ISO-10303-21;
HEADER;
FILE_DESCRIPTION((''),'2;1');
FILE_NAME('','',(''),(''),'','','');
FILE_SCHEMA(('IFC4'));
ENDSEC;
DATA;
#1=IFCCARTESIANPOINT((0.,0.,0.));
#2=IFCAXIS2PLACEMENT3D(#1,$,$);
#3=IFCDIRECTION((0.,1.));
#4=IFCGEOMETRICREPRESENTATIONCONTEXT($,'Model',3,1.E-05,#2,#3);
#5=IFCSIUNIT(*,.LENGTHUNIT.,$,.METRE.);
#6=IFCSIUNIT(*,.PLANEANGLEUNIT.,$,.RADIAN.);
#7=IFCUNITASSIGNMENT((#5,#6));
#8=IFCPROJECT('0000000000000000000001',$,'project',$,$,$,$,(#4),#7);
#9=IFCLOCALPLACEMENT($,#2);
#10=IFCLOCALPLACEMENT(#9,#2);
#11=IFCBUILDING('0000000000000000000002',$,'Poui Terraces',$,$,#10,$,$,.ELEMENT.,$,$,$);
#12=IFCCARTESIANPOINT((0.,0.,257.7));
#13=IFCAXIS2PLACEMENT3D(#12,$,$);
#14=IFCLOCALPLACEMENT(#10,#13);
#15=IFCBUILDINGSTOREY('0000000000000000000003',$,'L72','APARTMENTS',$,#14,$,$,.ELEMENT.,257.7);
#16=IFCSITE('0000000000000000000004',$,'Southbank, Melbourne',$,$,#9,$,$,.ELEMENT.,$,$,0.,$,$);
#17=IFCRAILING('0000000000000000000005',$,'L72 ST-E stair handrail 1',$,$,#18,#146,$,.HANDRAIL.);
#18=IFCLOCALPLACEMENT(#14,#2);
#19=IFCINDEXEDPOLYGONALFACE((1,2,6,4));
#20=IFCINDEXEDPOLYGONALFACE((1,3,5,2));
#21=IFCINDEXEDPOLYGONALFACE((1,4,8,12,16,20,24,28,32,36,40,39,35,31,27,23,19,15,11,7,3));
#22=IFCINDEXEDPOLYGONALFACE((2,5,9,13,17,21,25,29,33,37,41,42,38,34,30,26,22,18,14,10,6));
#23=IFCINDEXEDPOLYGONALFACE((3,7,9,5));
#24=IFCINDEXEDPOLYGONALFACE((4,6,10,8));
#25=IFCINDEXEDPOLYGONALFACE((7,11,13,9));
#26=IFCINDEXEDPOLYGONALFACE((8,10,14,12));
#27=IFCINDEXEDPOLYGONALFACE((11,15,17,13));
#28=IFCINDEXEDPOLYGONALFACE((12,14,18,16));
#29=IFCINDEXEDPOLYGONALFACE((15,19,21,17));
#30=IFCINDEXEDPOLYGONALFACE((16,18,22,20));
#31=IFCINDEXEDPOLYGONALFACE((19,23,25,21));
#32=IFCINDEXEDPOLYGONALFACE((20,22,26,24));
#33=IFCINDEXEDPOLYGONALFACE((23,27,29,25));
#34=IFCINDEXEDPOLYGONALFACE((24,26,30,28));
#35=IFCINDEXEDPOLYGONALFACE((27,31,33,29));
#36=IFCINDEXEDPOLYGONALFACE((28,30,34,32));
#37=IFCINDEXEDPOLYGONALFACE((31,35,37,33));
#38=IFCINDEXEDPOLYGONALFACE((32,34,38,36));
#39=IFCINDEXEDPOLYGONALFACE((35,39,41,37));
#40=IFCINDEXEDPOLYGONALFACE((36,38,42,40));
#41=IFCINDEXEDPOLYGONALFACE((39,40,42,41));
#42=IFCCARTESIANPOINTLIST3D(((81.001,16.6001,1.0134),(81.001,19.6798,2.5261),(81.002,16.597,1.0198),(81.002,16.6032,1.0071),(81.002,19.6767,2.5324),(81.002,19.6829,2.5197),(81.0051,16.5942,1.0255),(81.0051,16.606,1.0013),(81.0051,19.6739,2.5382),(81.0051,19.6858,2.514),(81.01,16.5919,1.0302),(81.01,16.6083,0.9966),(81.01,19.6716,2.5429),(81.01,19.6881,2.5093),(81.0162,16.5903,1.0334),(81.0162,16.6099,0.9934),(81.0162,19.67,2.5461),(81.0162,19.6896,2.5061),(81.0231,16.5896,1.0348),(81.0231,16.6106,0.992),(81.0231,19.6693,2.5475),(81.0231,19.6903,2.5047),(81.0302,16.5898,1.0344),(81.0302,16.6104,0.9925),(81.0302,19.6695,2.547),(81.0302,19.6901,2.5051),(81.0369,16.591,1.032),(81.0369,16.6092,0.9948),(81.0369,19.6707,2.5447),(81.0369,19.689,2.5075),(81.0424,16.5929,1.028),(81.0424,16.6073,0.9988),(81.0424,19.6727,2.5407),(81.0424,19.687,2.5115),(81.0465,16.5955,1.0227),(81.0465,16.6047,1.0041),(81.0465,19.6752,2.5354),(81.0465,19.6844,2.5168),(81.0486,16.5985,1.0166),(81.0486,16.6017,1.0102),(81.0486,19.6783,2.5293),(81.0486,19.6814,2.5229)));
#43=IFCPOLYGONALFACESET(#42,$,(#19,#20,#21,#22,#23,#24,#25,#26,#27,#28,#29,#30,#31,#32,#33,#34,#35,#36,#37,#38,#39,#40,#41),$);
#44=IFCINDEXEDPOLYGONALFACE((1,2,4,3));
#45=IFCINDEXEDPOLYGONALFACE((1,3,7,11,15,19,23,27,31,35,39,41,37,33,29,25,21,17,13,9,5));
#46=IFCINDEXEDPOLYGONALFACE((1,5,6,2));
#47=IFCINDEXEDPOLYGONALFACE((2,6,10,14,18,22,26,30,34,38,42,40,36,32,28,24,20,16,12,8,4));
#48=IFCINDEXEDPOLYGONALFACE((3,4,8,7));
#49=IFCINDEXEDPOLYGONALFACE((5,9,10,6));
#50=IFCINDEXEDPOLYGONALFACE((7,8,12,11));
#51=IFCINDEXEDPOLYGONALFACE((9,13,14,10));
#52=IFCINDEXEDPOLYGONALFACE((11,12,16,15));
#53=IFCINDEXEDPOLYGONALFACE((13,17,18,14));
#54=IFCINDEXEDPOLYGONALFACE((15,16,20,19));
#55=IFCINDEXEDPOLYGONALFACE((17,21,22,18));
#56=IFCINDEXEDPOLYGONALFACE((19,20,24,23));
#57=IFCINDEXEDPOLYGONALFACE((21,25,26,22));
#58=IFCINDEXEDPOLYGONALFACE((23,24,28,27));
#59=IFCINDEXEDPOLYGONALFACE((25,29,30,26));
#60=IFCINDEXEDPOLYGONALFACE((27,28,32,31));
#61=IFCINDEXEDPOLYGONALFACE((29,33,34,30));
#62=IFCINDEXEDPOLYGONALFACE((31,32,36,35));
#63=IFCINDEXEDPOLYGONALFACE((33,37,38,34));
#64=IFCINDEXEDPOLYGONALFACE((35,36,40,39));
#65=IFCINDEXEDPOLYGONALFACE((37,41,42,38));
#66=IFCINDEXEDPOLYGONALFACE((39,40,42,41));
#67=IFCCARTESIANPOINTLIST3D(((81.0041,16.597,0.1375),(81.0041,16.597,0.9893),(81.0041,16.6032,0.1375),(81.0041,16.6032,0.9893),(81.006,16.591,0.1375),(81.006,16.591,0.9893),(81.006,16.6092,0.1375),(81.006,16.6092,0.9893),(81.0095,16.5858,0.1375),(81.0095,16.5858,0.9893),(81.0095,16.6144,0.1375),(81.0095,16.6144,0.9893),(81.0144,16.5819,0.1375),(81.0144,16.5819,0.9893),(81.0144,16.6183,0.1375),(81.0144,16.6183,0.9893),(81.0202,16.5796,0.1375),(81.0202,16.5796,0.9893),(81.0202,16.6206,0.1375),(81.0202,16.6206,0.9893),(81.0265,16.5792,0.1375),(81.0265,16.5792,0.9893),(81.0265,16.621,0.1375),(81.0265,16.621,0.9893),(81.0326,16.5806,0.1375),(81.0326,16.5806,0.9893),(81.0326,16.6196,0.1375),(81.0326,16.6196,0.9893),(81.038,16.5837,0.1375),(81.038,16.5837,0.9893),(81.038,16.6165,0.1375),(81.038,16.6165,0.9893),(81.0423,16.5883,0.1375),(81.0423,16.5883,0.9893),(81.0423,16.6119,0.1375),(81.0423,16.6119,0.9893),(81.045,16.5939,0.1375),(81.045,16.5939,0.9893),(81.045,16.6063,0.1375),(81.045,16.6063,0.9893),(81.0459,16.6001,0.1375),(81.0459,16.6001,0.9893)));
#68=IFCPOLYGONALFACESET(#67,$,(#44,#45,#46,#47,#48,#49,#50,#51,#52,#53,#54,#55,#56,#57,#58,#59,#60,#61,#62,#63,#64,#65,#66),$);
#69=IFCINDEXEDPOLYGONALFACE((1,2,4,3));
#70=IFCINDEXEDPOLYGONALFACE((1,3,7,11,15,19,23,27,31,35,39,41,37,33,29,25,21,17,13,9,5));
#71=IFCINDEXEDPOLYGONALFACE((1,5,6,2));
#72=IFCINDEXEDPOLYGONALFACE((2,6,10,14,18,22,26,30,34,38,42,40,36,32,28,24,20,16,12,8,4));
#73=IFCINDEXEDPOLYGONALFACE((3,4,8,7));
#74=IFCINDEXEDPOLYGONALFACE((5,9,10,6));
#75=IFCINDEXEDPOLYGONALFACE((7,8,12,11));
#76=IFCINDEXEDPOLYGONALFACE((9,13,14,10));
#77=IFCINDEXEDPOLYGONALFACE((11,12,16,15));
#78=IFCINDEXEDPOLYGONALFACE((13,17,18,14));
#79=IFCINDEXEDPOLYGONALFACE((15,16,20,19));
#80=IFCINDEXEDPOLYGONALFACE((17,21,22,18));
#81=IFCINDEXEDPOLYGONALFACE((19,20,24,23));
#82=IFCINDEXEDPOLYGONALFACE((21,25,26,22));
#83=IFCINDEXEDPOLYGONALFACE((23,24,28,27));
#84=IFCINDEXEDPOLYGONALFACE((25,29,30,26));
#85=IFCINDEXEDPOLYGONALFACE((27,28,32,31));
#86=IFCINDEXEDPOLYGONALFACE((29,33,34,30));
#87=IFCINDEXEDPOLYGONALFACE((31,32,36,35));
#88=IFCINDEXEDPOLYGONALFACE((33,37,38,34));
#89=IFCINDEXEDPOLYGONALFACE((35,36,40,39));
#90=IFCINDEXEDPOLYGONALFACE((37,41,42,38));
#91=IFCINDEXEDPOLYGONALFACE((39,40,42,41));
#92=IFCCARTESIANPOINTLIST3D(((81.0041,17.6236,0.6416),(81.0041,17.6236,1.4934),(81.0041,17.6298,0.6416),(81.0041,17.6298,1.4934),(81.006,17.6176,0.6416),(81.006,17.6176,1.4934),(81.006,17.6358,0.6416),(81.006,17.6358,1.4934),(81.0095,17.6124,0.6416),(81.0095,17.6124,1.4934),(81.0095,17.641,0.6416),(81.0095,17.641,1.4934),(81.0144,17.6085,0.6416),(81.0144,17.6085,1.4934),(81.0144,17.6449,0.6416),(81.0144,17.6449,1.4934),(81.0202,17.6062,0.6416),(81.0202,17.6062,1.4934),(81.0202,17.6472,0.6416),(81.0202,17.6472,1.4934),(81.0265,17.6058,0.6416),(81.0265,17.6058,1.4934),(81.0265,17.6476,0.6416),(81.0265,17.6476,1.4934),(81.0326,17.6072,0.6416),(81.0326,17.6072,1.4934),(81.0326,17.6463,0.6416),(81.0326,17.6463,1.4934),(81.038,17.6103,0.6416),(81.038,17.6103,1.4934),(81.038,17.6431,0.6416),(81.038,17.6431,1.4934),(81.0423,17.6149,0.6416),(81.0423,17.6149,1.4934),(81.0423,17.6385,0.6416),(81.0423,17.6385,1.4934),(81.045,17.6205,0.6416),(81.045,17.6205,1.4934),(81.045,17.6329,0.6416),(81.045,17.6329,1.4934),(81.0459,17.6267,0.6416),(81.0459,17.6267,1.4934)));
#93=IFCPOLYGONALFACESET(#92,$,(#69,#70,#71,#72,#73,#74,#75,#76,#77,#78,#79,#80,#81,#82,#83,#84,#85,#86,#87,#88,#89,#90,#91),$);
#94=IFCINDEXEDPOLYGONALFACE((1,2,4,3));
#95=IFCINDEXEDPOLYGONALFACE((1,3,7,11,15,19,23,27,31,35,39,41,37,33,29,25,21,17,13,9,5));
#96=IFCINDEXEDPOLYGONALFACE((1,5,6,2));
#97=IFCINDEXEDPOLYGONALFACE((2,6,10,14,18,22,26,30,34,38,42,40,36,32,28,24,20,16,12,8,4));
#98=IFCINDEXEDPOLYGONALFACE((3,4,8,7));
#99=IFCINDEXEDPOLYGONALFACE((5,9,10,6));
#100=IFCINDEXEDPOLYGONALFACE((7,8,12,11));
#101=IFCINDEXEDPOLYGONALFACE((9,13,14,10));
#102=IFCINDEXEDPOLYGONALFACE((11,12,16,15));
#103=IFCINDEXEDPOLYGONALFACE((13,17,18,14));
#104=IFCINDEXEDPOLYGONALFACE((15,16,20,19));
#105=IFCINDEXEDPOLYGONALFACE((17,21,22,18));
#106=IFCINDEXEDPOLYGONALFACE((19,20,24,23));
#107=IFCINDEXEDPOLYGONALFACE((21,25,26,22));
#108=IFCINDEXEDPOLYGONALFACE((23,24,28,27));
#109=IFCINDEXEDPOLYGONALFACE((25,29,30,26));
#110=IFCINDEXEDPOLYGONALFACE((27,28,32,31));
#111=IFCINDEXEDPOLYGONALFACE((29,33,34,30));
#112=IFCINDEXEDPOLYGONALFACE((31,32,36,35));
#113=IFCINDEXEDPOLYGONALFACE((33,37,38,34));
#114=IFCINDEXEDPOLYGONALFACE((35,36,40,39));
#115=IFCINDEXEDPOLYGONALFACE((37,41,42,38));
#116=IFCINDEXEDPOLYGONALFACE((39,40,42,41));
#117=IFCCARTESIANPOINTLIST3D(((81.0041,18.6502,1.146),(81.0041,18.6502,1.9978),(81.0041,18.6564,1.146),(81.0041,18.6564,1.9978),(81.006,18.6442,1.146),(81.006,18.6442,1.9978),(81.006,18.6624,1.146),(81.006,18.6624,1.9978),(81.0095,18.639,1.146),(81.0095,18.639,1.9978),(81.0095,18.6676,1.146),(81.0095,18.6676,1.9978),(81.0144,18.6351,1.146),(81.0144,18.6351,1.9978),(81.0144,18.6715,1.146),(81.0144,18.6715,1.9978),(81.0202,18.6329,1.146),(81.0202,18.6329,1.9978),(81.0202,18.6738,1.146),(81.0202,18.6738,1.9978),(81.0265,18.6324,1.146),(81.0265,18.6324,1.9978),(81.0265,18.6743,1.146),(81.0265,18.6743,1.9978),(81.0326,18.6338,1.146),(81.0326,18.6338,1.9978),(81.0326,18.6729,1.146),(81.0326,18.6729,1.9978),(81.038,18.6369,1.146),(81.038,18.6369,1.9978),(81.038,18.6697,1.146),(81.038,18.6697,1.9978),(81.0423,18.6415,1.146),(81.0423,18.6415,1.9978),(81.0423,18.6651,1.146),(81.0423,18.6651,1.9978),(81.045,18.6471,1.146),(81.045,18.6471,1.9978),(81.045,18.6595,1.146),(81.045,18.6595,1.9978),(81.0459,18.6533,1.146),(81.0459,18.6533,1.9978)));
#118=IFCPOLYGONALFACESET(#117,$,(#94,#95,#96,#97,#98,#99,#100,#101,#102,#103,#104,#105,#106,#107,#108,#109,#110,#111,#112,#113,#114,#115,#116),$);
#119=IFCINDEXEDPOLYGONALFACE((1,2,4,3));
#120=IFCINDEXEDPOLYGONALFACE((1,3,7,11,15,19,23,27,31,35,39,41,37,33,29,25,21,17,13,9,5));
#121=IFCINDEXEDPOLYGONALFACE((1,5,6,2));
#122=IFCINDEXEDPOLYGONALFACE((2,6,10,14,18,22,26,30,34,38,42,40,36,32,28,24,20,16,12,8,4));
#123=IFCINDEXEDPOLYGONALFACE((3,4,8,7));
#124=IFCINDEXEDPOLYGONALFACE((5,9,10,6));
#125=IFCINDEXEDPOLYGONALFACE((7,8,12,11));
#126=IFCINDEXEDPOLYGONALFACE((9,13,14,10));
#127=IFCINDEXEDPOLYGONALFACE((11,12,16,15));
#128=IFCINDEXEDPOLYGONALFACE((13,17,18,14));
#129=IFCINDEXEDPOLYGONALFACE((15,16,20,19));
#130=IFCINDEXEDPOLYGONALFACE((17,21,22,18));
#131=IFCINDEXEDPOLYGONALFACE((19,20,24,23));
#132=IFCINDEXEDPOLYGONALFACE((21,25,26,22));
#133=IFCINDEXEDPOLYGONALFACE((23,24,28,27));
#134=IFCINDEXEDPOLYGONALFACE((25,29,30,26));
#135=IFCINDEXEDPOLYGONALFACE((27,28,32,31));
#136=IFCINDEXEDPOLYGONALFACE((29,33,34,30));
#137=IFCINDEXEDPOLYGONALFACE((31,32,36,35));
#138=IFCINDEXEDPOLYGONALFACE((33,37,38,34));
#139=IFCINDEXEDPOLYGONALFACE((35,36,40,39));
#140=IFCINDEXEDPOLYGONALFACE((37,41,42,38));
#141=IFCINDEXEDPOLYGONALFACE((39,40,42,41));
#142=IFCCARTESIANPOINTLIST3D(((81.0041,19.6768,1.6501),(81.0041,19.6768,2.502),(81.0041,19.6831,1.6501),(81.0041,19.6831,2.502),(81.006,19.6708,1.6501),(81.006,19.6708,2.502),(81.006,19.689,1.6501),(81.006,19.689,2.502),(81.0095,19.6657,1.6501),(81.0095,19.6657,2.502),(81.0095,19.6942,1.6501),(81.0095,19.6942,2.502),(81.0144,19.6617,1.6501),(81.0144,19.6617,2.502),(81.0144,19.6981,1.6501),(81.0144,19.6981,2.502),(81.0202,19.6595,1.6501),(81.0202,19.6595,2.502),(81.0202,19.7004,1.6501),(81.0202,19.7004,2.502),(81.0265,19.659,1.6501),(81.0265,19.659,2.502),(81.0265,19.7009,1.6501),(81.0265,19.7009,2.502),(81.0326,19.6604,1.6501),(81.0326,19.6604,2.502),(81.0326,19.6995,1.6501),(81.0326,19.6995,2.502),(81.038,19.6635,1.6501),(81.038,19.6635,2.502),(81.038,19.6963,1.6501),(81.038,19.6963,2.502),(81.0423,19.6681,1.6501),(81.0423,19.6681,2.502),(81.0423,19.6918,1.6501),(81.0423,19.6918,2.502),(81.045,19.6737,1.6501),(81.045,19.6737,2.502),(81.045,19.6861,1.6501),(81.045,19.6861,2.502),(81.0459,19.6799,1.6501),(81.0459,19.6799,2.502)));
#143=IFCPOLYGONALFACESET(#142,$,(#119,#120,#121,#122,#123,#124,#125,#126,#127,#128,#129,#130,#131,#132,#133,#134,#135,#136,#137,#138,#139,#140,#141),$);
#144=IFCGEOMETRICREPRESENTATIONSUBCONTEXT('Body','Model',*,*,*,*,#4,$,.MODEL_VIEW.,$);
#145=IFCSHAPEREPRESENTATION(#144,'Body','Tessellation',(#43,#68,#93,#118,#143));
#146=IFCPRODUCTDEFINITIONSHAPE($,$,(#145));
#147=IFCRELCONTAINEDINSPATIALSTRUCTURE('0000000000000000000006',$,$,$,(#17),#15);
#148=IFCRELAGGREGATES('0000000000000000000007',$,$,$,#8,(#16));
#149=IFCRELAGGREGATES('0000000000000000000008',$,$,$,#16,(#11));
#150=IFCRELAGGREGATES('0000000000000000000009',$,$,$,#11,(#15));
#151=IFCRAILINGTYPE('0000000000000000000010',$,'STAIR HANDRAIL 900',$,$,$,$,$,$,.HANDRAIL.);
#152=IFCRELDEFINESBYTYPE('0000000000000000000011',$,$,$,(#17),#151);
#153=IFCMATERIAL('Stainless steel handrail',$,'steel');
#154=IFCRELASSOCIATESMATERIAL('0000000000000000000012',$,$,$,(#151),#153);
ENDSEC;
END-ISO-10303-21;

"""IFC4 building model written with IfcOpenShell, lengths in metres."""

from ifc_helpers import new_model, si_unit, direction, frame, origin, origin_2d, place, context, subcontext, project, spatial, circle, extrude, material, type_object, element, save


model = new_model("IFC4")

# Units and contexts
model_context = context("Model", 3, precision=1e-05, world=origin(), true_north=direction((0.0, 1.0)))
body_context = subcontext(model_context, "Body", "Model", "MODEL_VIEW")
ifc_project = project(units=[si_unit("LENGTHUNIT", "METRE"), si_unit("PLANEANGLEUNIT", "RADIAN")], contexts=[model_context])

# Site, building, storey
site_placement = place(None, origin())
site = spatial("IfcSite", under=ifc_project, at=site_placement, Name="Southbank, Melbourne", CompositionType="ELEMENT", RefElevation=0.0)
building_placement = place(site_placement, origin())
building = spatial("IfcBuilding", under=site, at=building_placement, Name="Poui Terraces", CompositionType="ELEMENT")
storey_placement = place(building_placement, frame((0.0, 0.0, 257.7)))
storey = spatial("IfcBuildingStorey", under=building, at=storey_placement, Name="L72", Description="APARTMENTS", CompositionType="ELEMENT", Elevation=257.7)

# Railing
ifc_material_1 = material(Name="Stainless steel handrail", Category="steel")
railing_type_1 = type_object("IfcRailingType", Name="STAIR HANDRAIL 900", PredefinedType="HANDRAIL", material=ifc_material_1)
railing_1_placement = place(storey_placement, frame((81.0249, 16.6001, 0.1375)))
element("IfcRailing", 1, at=railing_1_placement, inside=storey, type_object=railing_type_1, Name="L72 ST-E stair handrail 1", PredefinedType="HANDRAIL", context=body_context, shape_type="SweptSolid", body=[
    extrude(circle(Radius=0.0239, at=origin_2d()), frame((0.0, 0.0, 0.876), z_axis=(0.0, 0.897578, 0.440856), x_axis=(-1.0, 0.0, 0.0)), (0.0, 0.0, 1.0), 3.4312),
    extrude(circle(Radius=0.021, at=origin_2d()), origin(), (0.0, 0.0, 1.0), 0.8518),
    extrude(circle(Radius=0.021, at=origin_2d()), frame((0.0, 1.0266, 0.5042)), (0.0, 0.0, 1.0), 0.8518),
    extrude(circle(Radius=0.021, at=origin_2d()), frame((0.0, 2.0532, 1.0085)), (0.0, 0.0, 1.0), 0.8518),
    extrude(circle(Radius=0.021, at=origin_2d()), frame((0.0, 3.0798, 1.5127)), (0.0, 0.0, 1.0), 0.8518),
])

save(model, "model.ifc")
